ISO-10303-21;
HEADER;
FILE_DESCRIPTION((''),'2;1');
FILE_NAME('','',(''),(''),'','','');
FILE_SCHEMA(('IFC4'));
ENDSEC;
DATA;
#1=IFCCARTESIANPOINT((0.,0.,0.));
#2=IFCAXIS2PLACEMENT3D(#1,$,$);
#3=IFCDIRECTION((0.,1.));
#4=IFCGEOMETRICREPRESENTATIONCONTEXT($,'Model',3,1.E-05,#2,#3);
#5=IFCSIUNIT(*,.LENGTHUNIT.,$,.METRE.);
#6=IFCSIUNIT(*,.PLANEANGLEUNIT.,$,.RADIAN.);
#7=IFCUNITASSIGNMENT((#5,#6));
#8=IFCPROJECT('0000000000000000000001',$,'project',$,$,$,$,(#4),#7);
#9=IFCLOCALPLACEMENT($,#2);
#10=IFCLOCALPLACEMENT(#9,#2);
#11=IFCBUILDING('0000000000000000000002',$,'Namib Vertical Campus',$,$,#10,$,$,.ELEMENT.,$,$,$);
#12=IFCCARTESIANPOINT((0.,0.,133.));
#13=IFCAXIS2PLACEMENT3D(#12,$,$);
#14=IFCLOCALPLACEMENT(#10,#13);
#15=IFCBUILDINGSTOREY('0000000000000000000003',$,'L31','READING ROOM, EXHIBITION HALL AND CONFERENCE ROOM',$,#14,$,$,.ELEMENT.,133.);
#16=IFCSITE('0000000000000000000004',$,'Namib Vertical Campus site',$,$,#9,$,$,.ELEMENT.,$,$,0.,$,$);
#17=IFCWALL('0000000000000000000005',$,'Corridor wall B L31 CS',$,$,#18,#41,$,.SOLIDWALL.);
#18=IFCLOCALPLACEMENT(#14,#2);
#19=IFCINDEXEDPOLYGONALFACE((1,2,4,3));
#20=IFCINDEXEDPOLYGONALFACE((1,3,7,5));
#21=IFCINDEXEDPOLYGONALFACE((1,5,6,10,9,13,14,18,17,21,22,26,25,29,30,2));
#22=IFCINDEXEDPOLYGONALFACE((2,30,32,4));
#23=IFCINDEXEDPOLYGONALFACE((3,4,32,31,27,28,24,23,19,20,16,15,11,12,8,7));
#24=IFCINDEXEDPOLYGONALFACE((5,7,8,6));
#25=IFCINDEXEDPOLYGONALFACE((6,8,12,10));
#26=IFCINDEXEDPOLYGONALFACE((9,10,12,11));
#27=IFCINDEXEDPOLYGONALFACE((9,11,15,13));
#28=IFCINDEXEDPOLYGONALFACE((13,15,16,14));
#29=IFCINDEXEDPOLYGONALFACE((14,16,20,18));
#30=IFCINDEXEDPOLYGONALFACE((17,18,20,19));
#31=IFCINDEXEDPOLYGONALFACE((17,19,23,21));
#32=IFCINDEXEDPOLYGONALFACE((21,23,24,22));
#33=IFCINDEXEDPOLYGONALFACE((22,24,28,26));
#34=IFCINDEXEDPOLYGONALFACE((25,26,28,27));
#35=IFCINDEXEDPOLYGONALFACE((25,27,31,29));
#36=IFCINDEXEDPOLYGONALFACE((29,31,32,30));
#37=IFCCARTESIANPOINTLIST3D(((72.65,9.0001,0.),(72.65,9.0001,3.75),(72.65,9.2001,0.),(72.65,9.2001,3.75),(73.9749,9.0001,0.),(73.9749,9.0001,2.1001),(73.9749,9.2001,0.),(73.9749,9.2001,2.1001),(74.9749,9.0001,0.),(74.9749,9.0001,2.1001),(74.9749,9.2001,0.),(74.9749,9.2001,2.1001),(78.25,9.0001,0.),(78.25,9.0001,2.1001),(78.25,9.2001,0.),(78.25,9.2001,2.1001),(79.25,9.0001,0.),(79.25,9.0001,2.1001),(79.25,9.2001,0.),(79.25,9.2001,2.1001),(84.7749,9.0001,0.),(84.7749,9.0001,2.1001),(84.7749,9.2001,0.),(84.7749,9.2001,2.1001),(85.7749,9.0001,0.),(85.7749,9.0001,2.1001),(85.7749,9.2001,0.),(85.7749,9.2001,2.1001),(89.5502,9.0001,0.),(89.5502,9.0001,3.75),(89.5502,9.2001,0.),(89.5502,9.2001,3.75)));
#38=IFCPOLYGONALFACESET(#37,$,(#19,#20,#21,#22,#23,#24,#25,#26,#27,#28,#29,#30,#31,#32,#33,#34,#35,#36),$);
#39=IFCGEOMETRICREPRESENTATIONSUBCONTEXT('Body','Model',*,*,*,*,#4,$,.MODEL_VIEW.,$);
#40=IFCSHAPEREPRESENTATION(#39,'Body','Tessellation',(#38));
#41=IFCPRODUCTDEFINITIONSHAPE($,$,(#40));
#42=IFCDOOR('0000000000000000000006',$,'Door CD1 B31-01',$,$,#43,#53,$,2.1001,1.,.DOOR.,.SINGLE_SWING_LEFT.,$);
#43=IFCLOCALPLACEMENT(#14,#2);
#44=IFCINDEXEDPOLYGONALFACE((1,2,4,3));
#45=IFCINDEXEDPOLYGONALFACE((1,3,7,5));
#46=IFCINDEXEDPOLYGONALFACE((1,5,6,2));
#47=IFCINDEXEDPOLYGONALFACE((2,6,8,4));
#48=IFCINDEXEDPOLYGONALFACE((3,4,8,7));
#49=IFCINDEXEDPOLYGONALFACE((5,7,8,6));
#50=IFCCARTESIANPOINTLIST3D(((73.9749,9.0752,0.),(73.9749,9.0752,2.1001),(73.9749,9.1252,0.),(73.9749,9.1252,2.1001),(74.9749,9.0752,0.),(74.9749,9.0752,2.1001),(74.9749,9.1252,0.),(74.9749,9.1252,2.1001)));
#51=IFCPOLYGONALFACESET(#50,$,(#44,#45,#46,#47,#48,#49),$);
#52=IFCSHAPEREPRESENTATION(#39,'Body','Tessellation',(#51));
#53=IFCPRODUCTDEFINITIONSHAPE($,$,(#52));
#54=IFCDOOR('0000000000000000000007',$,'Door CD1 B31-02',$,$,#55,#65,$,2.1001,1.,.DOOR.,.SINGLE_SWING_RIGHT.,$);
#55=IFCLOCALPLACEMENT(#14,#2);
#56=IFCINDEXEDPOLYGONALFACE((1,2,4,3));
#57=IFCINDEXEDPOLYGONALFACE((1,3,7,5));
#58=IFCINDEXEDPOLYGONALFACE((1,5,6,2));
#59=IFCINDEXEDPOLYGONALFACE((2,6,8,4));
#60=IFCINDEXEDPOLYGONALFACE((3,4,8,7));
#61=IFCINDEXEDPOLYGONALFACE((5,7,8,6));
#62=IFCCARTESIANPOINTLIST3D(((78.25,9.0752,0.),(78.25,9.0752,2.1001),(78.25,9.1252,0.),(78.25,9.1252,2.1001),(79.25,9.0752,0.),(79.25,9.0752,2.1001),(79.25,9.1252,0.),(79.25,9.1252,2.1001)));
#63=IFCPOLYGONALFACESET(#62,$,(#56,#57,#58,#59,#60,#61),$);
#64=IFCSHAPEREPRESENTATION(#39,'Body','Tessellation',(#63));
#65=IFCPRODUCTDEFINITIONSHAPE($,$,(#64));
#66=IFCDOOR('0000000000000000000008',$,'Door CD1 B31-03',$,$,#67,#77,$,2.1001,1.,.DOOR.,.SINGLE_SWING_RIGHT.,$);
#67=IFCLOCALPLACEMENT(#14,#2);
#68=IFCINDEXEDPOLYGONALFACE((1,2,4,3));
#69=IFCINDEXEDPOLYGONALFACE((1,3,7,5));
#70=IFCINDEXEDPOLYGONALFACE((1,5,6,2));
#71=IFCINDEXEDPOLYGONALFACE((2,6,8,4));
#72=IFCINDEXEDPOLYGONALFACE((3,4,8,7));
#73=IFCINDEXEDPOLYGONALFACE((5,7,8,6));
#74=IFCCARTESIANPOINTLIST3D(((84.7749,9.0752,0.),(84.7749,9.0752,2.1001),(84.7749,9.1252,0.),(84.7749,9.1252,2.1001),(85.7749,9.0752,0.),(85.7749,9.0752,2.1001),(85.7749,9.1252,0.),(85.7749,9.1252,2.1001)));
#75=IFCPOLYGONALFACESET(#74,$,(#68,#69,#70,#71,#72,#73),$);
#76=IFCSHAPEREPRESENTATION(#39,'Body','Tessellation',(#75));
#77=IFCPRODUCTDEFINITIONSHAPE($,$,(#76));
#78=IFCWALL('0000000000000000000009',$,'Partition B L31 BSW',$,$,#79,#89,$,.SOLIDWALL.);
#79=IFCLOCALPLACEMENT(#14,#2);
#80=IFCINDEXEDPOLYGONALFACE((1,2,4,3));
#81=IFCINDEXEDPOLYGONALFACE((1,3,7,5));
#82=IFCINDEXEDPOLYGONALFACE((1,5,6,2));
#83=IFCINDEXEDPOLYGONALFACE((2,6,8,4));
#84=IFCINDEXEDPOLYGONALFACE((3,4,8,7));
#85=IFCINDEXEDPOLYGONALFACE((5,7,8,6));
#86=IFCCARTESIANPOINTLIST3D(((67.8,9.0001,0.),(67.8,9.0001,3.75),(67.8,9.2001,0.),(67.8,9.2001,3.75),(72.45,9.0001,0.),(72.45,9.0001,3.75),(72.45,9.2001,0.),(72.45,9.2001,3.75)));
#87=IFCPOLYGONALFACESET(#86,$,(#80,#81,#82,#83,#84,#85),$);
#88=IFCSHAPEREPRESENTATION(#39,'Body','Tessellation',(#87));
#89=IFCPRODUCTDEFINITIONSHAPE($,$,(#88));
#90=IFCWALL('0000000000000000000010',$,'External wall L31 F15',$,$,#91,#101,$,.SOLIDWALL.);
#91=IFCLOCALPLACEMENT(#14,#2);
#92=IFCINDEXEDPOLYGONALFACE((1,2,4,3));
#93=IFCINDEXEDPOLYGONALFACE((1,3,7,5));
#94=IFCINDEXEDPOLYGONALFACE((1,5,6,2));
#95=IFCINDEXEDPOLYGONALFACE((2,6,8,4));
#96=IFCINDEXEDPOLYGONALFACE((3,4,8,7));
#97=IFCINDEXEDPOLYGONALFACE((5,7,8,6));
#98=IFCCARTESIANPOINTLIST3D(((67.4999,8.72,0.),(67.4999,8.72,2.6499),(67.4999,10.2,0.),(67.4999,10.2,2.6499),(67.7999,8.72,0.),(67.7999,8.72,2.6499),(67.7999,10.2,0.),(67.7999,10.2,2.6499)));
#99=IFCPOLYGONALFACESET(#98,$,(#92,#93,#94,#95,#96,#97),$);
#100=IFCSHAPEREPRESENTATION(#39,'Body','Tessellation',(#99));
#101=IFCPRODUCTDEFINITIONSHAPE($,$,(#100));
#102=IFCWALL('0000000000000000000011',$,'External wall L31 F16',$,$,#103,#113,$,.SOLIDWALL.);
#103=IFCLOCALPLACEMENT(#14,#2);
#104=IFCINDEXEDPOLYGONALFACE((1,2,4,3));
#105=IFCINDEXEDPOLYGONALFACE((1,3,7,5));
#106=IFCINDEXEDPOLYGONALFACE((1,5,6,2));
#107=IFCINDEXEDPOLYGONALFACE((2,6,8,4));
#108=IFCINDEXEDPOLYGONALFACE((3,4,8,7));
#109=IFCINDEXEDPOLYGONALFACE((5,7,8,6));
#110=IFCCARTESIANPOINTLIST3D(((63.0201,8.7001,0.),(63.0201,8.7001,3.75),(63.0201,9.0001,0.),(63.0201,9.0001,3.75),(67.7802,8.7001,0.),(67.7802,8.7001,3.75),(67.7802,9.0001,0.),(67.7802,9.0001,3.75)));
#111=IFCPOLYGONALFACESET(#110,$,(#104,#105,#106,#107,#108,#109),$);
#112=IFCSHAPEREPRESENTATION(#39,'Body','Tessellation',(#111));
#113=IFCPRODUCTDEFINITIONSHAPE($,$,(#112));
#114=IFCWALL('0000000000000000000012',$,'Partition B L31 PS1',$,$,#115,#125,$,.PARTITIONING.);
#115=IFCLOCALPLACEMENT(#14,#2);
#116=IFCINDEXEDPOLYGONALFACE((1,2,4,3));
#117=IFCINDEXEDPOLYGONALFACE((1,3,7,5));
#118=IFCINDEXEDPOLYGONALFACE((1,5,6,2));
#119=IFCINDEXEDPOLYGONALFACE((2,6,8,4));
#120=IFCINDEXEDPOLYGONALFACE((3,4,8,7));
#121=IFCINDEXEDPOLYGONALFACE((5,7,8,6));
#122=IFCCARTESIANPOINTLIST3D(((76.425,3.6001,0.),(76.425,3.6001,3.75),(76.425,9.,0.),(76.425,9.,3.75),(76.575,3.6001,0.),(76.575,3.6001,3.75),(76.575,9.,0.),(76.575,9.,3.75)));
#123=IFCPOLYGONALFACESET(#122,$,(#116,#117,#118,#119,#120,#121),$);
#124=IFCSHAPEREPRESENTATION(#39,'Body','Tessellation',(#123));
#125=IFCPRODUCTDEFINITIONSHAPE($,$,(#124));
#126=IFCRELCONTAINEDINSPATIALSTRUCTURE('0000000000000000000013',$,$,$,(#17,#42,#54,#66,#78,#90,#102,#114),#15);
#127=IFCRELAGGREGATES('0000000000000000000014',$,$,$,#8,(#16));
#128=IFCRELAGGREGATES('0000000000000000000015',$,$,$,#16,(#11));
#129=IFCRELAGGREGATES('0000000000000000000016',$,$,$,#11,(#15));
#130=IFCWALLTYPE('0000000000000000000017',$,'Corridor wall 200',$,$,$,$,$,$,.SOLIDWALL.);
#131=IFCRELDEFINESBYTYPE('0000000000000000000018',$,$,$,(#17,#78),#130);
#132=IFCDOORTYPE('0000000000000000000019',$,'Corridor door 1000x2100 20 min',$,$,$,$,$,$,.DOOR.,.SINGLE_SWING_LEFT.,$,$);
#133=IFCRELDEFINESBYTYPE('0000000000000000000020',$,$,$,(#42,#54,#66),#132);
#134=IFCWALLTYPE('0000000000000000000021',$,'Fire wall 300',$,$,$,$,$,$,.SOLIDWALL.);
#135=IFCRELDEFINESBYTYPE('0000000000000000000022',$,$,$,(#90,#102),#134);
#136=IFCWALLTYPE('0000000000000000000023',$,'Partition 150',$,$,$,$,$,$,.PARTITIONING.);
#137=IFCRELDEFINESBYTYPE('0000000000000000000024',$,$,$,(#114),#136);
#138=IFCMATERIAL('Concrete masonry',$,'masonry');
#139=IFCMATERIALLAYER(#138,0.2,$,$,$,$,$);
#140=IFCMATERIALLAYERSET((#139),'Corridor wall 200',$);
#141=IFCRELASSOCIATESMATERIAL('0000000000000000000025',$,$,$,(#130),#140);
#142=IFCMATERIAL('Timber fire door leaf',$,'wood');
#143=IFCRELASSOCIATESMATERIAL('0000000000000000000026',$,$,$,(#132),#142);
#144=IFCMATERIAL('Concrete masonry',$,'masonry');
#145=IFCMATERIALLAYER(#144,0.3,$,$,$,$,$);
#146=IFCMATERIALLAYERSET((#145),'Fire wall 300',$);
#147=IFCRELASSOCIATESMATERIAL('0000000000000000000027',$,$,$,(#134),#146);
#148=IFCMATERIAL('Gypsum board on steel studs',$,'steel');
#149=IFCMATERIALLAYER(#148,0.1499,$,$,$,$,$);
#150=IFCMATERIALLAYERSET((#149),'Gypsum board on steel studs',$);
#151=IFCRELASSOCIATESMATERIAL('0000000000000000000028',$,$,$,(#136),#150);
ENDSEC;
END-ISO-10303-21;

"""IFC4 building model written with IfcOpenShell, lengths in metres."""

from ifc_helpers import new_model, si_unit, direction, frame, frame_2d, origin, place, context, subcontext, project, spatial, rectangle, extrude, material, layer, layer_set, type_object, element, fill, save


model = new_model("IFC4")

# Units and contexts
model_context = context("Model", 3, precision=1e-05, world=origin(), true_north=direction((0.0, 1.0)))
body_context = subcontext(model_context, "Body", "Model", "MODEL_VIEW")
ifc_project = project(units=[si_unit("LENGTHUNIT", "METRE"), si_unit("PLANEANGLEUNIT", "RADIAN")], contexts=[model_context])

# Site, building, storey
site_placement = place(None, origin())
site = spatial("IfcSite", under=ifc_project, at=site_placement, Name="Namib Vertical Campus site", CompositionType="ELEMENT", RefElevation=0.0)
building_placement = place(site_placement, origin())
building = spatial("IfcBuilding", under=site, at=building_placement, Name="Namib Vertical Campus", CompositionType="ELEMENT")
storey_placement = place(building_placement, frame((0.0, 0.0, 133.0)))
storey = spatial("IfcBuildingStorey", under=building, at=storey_placement, Name="L31", Description="READING ROOM, EXHIBITION HALL AND CONFERENCE ROOM", CompositionType="ELEMENT", Elevation=133.0)

# Wall, openings, doors
ifc_material_1 = material(Name="Concrete masonry", Category="masonry")
ifc_layer_1 = layer(ifc_material_1, 0.2)
ifc_layer_set_1 = layer_set([ifc_layer_1], Name="Corridor wall 200")
wall_type_1 = type_object("IfcWallType", Name="Corridor wall 200", PredefinedType="SOLIDWALL", material=ifc_layer_set_1)
wall_1_placement = place(storey_placement, frame((72.6499, 9.1001, 0.0), z_axis=(0.0, 0.0, 1.0), x_axis=(1.0, 0.0, 0.0)))
wall_1 = element("IfcWall", 1, at=wall_1_placement, inside=storey, type_object=wall_type_1, Name="Corridor wall B L31 CS", PredefinedType="SOLIDWALL", context=body_context, shape_type="SweptSolid", body=[
    extrude(rectangle(XDim=16.9001, YDim=0.2, at=frame_2d((8.4502, 0.0))), origin(), (0.0, 0.0, 1.0), 3.75),
])
opening_1_placement = place(wall_1_placement, frame((1.325, 0.0, 0.0)))
opening_1 = element("IfcOpeningElement", 2, at=opening_1_placement, cuts=wall_1, PredefinedType="OPENING", context=body_context, shape_type="SweptSolid", body=[
    extrude(rectangle(XDim=1.0, YDim=2.1001, at=frame_2d((0.5, 1.05))), frame((0.0, 0.1099, 0.0), z_axis=(0.0, -1.0, 0.0), x_axis=(1.0, 0.0, 0.0)), (0.0, 0.0, 1.0), 0.22),
])
opening_2_placement = place(wall_1_placement, frame((5.6001, 0.0, 0.0)))
opening_2 = element("IfcOpeningElement", 3, at=opening_2_placement, cuts=wall_1, PredefinedType="OPENING", context=body_context, shape_type="SweptSolid", body=[
    extrude(rectangle(XDim=1.0, YDim=2.1001, at=frame_2d((0.5, 1.05))), frame((0.0, 0.1099, 0.0), z_axis=(0.0, -1.0, 0.0), x_axis=(1.0, 0.0, 0.0)), (0.0, 0.0, 1.0), 0.22),
])
opening_3_placement = place(wall_1_placement, frame((12.125, 0.0, 0.0)))
opening_3 = element("IfcOpeningElement", 4, at=opening_3_placement, cuts=wall_1, PredefinedType="OPENING", context=body_context, shape_type="SweptSolid", body=[
    extrude(rectangle(XDim=1.0, YDim=2.1001, at=frame_2d((0.5, 1.05))), frame((0.0, 0.1099, 0.0), z_axis=(0.0, -1.0, 0.0), x_axis=(1.0, 0.0, 0.0)), (0.0, 0.0, 1.0), 0.22),
])
ifc_material_2 = material(Name="Timber fire door leaf", Category="wood")
door_type_1 = type_object("IfcDoorType", Name="Corridor door 1000x2100 20 min", OperationType="SINGLE_SWING_LEFT", PredefinedType="DOOR", material=ifc_material_2)
door_1_placement = place(opening_1_placement, frame((1.0, 0.0, 0.0), z_axis=(0.0, 0.0, 1.0), x_axis=(-1.0, 0.0, 0.0)))
door_1 = element("IfcDoor", 5, at=door_1_placement, inside=storey, type_object=door_type_1, Name="Door CD1 B31-01", OperationType="SINGLE_SWING_LEFT", OverallHeight=2.1001, OverallWidth=1.0, PredefinedType="DOOR", context=body_context, shape_type="SweptSolid", body=[
    extrude(rectangle(XDim=1.0, YDim=2.1001, at=frame_2d((0.5, 1.05))), frame((0.0, 0.0249, 0.0), z_axis=(0.0, -1.0, 0.0), x_axis=(1.0, 0.0, 0.0)), (0.0, 0.0, 1.0), 0.05),
])
fill(opening_1, door_1)
door_2_placement = place(opening_2_placement, frame((1.0, 0.0, 0.0), z_axis=(0.0, 0.0, 1.0), x_axis=(-1.0, 0.0, 0.0)))
door_2 = element("IfcDoor", 6, at=door_2_placement, inside=storey, type_object=door_type_1, Name="Door CD1 B31-02", OperationType="SINGLE_SWING_RIGHT", OverallHeight=2.1001, OverallWidth=1.0, PredefinedType="DOOR", context=body_context, shape_type="SweptSolid", body=[
    extrude(rectangle(XDim=1.0, YDim=2.1001, at=frame_2d((0.5, 1.05))), frame((0.0, 0.0249, 0.0), z_axis=(0.0, -1.0, 0.0), x_axis=(1.0, 0.0, 0.0)), (0.0, 0.0, 1.0), 0.05),
])
fill(opening_2, door_2)
door_3_placement = place(opening_3_placement, frame((1.0, 0.0, 0.0), z_axis=(0.0, 0.0, 1.0), x_axis=(-1.0, 0.0, 0.0)))
door_3 = element("IfcDoor", 7, at=door_3_placement, inside=storey, type_object=door_type_1, Name="Door CD1 B31-03", OperationType="SINGLE_SWING_RIGHT", OverallHeight=2.1001, OverallWidth=1.0, PredefinedType="DOOR", context=body_context, shape_type="SweptSolid", body=[
    extrude(rectangle(XDim=1.0, YDim=2.1001, at=frame_2d((0.5, 1.05))), frame((0.0, 0.0249, 0.0), z_axis=(0.0, -1.0, 0.0), x_axis=(1.0, 0.0, 0.0)), (0.0, 0.0, 1.0), 0.05),
])
fill(opening_3, door_3)

# Walls
wall_2_placement = place(storey_placement, frame((67.8, 9.1001, 0.0), z_axis=(0.0, 0.0, 1.0), x_axis=(1.0, 0.0, 0.0)))
element("IfcWall", 8, at=wall_2_placement, inside=storey, type_object=wall_type_1, Name="Partition B L31 BSW", PredefinedType="SOLIDWALL", context=body_context, shape_type="SweptSolid", body=[
    extrude(rectangle(XDim=4.6499, YDim=0.2, at=frame_2d((2.325, 0.0))), origin(), (0.0, 0.0, 1.0), 3.75),
])
ifc_material_3 = material(Name="Concrete masonry", Category="masonry")
ifc_layer_2 = layer(ifc_material_3, 0.3)
ifc_layer_set_2 = layer_set([ifc_layer_2], Name="Fire wall 300")
wall_type_2 = type_object("IfcWallType", Name="Fire wall 300", PredefinedType="SOLIDWALL", material=ifc_layer_set_2)
wall_3_placement = place(storey_placement, frame((67.6499, 10.2, 0.0), z_axis=(0.0, 0.0, 1.0), x_axis=(0.0, -1.0, 0.0)))
element("IfcWall", 9, at=wall_3_placement, inside=storey, type_object=wall_type_2, Name="External wall L31 F15", PredefinedType="SOLIDWALL", context=body_context, shape_type="SweptSolid", body=[
    extrude(rectangle(XDim=1.48, YDim=0.3, at=frame_2d((0.74, 0.0))), origin(), (0.0, 0.0, 1.0), 2.6499),
])
wall_4_placement = place(storey_placement, frame((67.78, 8.8501, 0.0), z_axis=(0.0, 0.0, 1.0), x_axis=(-1.0, 0.0, 0.0)))
element("IfcWall", 10, at=wall_4_placement, inside=storey, type_object=wall_type_2, Name="External wall L31 F16", PredefinedType="SOLIDWALL", context=body_context, shape_type="SweptSolid", body=[
    extrude(rectangle(XDim=4.76, YDim=0.3, at=frame_2d((2.3799, 0.0))), origin(), (0.0, 0.0, 1.0), 3.75),
])
ifc_material_4 = material(Name="Gypsum board on steel studs", Category="steel")
ifc_layer_3 = layer(ifc_material_4, 0.1499)
ifc_layer_set_3 = layer_set([ifc_layer_3], Name="Gypsum board on steel studs")
wall_type_3 = type_object("IfcWallType", Name="Partition 150", PredefinedType="PARTITIONING", material=ifc_layer_set_3)
wall_5_placement = place(storey_placement, frame((76.5, 3.6001, 0.0), z_axis=(0.0, 0.0, 1.0), x_axis=(0.0, 1.0, 0.0)))
element("IfcWall", 11, at=wall_5_placement, inside=storey, type_object=wall_type_3, Name="Partition B L31 PS1", PredefinedType="PARTITIONING", context=body_context, shape_type="SweptSolid", body=[
    extrude(rectangle(XDim=5.3999, YDim=0.1499, at=frame_2d((2.7, 0.0))), origin(), (0.0, 0.0, 1.0), 3.75),
])

save(model, "model.ifc")
